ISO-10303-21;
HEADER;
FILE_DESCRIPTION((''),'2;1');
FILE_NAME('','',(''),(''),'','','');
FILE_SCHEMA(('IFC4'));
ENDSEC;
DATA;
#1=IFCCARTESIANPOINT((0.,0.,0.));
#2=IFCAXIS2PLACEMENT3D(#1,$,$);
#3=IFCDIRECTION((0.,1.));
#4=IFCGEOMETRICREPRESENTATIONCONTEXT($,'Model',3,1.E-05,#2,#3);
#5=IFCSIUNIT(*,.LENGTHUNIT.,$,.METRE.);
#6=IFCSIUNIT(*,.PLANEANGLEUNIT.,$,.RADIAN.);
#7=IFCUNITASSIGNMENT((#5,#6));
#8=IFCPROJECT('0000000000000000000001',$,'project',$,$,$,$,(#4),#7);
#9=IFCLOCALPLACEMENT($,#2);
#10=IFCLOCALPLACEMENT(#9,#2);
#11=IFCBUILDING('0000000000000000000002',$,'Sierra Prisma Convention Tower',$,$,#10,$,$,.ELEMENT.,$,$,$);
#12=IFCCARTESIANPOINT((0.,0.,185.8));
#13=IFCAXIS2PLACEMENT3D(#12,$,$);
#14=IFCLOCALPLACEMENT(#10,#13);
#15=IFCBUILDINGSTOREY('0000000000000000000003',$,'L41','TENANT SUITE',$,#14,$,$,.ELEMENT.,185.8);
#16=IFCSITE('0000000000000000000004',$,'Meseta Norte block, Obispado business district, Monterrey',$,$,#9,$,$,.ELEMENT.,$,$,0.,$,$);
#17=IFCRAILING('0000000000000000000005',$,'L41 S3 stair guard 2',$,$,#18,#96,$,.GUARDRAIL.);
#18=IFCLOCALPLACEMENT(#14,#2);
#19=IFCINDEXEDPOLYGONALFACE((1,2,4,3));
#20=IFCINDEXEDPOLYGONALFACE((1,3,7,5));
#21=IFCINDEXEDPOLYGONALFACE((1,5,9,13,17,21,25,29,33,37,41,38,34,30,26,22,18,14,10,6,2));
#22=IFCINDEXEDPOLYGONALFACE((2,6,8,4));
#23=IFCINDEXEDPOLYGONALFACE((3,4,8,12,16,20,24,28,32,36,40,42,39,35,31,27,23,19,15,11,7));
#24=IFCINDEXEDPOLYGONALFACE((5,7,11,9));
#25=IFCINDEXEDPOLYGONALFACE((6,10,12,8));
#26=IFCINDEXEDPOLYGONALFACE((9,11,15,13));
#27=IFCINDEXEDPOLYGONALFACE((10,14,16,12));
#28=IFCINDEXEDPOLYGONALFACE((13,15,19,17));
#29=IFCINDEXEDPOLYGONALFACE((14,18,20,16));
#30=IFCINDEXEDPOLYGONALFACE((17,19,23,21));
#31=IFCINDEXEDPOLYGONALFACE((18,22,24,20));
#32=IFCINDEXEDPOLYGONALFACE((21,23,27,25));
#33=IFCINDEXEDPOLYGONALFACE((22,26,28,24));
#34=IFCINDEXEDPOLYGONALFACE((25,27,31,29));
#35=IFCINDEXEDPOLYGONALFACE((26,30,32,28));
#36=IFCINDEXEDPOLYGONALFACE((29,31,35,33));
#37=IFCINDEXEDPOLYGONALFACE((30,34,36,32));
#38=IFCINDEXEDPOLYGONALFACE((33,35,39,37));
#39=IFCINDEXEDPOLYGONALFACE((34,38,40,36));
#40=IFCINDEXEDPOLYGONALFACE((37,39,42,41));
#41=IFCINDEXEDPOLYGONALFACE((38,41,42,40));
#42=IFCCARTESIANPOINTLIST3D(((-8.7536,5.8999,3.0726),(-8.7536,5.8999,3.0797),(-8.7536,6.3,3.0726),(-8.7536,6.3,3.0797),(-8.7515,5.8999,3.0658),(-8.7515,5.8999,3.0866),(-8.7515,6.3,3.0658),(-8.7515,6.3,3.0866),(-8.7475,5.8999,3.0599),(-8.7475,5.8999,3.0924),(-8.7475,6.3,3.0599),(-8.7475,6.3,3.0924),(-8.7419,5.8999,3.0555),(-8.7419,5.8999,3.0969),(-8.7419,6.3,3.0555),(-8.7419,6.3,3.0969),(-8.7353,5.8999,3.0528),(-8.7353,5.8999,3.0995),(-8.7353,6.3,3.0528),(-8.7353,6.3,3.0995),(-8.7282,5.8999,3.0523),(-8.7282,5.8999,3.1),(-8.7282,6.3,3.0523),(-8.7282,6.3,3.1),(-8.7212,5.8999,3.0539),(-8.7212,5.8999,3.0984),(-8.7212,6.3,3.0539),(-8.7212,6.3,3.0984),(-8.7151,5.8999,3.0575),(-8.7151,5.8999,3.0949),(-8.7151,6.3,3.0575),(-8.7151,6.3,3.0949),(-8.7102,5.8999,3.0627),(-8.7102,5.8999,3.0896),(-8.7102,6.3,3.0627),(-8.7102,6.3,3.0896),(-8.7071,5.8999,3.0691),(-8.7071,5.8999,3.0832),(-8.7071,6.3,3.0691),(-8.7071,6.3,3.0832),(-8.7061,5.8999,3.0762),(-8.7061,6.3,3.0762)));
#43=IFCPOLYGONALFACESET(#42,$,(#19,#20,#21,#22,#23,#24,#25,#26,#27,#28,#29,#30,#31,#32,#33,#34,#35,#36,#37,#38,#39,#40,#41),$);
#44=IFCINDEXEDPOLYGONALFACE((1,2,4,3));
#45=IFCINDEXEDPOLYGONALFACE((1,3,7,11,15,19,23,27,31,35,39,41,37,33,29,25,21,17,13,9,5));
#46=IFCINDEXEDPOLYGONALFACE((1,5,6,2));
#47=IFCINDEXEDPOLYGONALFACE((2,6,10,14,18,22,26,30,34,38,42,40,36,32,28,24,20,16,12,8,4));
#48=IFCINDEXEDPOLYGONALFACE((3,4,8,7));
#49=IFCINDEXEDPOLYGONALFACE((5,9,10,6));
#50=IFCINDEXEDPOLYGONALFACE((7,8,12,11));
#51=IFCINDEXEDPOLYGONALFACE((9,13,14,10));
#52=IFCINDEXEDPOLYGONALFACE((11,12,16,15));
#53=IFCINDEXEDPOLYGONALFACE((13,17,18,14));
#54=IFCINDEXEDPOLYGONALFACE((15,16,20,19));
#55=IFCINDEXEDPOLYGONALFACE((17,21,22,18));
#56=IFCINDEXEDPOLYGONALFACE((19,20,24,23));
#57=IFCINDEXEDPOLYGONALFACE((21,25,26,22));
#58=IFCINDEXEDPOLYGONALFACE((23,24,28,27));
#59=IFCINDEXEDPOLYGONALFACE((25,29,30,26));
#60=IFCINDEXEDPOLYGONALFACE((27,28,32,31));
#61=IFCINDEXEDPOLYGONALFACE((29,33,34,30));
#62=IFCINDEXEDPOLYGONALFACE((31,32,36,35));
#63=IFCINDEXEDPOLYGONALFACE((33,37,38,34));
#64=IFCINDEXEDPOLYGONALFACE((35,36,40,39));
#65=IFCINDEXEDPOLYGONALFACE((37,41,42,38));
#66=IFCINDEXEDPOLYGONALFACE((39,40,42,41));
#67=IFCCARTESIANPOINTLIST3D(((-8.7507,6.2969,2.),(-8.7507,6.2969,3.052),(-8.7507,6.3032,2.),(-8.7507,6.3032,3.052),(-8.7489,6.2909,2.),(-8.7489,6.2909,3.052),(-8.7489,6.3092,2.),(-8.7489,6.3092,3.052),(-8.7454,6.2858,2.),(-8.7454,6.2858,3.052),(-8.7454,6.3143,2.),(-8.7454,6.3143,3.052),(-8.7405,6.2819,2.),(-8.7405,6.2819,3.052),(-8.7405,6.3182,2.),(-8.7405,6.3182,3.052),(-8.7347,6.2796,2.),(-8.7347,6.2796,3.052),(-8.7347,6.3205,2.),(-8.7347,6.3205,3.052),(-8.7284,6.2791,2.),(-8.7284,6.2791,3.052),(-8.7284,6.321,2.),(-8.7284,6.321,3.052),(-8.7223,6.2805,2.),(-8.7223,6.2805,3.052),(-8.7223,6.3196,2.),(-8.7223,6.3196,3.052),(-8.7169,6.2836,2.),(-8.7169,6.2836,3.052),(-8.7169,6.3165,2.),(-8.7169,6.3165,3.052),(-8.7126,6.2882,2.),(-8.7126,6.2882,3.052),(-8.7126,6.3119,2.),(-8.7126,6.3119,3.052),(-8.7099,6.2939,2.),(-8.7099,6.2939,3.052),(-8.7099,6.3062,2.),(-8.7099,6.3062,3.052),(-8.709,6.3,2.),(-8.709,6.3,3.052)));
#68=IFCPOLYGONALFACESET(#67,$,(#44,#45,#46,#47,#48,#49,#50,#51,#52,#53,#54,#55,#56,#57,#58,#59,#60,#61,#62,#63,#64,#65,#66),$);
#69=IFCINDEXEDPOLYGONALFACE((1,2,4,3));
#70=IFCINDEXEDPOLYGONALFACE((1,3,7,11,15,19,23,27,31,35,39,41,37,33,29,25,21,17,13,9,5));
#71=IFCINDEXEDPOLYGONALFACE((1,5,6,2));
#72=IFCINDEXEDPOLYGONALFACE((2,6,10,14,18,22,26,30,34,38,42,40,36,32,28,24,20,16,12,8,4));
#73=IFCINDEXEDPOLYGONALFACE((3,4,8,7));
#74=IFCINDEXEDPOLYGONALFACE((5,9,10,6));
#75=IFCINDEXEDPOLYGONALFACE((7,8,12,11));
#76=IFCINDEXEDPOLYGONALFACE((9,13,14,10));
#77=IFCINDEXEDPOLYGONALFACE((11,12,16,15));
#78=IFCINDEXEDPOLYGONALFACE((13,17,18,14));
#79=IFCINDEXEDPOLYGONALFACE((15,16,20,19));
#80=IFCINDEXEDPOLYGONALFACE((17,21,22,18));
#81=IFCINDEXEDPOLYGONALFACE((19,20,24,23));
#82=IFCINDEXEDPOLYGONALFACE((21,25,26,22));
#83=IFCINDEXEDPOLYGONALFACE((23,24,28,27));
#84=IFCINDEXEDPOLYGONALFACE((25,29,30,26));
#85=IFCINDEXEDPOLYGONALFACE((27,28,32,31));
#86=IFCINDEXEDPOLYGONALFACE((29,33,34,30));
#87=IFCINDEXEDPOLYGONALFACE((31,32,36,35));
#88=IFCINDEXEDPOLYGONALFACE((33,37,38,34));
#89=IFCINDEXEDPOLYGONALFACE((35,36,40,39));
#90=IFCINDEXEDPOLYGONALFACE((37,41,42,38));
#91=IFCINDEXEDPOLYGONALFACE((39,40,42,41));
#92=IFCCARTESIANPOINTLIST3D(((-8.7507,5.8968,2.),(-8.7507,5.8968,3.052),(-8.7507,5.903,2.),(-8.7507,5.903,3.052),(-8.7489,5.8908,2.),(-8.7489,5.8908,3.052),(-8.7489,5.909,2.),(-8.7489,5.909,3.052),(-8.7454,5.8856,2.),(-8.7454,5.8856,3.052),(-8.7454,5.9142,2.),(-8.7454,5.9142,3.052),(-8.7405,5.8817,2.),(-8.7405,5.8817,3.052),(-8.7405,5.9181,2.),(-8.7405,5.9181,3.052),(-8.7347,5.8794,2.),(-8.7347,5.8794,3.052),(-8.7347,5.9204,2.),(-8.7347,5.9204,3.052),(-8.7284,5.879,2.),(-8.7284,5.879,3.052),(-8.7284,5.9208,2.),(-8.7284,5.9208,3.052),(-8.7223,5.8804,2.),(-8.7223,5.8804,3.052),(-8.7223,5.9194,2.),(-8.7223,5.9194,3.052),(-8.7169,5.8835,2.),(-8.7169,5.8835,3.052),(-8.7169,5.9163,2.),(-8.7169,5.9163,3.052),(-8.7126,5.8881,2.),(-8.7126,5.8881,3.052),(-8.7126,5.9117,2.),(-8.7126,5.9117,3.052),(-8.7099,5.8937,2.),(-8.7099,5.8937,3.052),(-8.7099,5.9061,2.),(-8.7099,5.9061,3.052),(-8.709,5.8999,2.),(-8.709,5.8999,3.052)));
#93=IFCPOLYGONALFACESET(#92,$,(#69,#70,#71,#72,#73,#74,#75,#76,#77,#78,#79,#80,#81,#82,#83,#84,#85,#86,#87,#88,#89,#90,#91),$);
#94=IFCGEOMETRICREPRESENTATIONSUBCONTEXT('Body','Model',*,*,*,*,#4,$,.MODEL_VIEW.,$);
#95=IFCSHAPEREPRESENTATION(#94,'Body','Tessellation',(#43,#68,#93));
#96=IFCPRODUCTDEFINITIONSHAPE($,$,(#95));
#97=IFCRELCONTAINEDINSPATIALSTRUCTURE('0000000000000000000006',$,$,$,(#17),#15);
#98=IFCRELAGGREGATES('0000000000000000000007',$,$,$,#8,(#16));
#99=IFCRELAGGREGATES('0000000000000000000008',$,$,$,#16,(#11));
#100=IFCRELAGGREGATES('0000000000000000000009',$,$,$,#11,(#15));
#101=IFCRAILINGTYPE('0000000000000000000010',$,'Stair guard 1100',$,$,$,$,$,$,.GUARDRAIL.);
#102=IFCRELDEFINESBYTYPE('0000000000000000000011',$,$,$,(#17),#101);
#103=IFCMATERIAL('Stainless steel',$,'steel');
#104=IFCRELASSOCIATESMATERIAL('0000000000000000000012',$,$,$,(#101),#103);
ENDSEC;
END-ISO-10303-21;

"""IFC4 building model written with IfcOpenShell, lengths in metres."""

from ifc_helpers import new_model, si_unit, direction, frame, origin, origin_2d, place, context, subcontext, project, spatial, circle, extrude, material, type_object, element, save


model = new_model("IFC4")

# Units and contexts
model_context = context("Model", 3, precision=1e-05, world=origin(), true_north=direction((0.0, 1.0)))
body_context = subcontext(model_context, "Body", "Model", "MODEL_VIEW")
ifc_project = project(units=[si_unit("LENGTHUNIT", "METRE"), si_unit("PLANEANGLEUNIT", "RADIAN")], contexts=[model_context])

# Site, building, storey
site_placement = place(None, origin())
site = spatial("IfcSite", under=ifc_project, at=site_placement, Name="Meseta Norte block, Obispado business district, Monterrey", CompositionType="ELEMENT", RefElevation=0.0)
building_placement = place(site_placement, origin())
building = spatial("IfcBuilding", under=site, at=building_placement, Name="Sierra Prisma Convention Tower", CompositionType="ELEMENT")
storey_placement = place(building_placement, frame((0.0, 0.0, 185.8)))
storey = spatial("IfcBuildingStorey", under=building, at=storey_placement, Name="L41", Description="TENANT SUITE", CompositionType="ELEMENT", Elevation=185.8)

# Railing
ifc_material_1 = material(Name="Stainless steel", Category="steel")
railing_type_1 = type_object("IfcRailingType", Name="Stair guard 1100", PredefinedType="GUARDRAIL", material=ifc_material_1)
railing_1_placement = place(storey_placement, frame((-8.73, 6.3, 2.0)))
element("IfcRailing", 1, at=railing_1_placement, inside=storey, type_object=railing_type_1, Name="L41 S3 stair guard 2", PredefinedType="GUARDRAIL", context=body_context, shape_type="SweptSolid", body=[
    extrude(circle(Radius=0.0239, at=origin_2d()), frame((0.0, 0.0, 1.0762), z_axis=(0.0, -1.0, 0.0), x_axis=(1.0, 0.0, 0.0)), (0.0, 0.0, 1.0), 0.4001),
    extrude(circle(Radius=0.021, at=origin_2d()), origin(), (0.0, 0.0, 1.0), 1.052),
    extrude(circle(Radius=0.021, at=origin_2d()), frame((0.0, -0.4001, 0.0)), (0.0, 0.0, 1.0), 1.052),
])

save(model, "model.ifc")
